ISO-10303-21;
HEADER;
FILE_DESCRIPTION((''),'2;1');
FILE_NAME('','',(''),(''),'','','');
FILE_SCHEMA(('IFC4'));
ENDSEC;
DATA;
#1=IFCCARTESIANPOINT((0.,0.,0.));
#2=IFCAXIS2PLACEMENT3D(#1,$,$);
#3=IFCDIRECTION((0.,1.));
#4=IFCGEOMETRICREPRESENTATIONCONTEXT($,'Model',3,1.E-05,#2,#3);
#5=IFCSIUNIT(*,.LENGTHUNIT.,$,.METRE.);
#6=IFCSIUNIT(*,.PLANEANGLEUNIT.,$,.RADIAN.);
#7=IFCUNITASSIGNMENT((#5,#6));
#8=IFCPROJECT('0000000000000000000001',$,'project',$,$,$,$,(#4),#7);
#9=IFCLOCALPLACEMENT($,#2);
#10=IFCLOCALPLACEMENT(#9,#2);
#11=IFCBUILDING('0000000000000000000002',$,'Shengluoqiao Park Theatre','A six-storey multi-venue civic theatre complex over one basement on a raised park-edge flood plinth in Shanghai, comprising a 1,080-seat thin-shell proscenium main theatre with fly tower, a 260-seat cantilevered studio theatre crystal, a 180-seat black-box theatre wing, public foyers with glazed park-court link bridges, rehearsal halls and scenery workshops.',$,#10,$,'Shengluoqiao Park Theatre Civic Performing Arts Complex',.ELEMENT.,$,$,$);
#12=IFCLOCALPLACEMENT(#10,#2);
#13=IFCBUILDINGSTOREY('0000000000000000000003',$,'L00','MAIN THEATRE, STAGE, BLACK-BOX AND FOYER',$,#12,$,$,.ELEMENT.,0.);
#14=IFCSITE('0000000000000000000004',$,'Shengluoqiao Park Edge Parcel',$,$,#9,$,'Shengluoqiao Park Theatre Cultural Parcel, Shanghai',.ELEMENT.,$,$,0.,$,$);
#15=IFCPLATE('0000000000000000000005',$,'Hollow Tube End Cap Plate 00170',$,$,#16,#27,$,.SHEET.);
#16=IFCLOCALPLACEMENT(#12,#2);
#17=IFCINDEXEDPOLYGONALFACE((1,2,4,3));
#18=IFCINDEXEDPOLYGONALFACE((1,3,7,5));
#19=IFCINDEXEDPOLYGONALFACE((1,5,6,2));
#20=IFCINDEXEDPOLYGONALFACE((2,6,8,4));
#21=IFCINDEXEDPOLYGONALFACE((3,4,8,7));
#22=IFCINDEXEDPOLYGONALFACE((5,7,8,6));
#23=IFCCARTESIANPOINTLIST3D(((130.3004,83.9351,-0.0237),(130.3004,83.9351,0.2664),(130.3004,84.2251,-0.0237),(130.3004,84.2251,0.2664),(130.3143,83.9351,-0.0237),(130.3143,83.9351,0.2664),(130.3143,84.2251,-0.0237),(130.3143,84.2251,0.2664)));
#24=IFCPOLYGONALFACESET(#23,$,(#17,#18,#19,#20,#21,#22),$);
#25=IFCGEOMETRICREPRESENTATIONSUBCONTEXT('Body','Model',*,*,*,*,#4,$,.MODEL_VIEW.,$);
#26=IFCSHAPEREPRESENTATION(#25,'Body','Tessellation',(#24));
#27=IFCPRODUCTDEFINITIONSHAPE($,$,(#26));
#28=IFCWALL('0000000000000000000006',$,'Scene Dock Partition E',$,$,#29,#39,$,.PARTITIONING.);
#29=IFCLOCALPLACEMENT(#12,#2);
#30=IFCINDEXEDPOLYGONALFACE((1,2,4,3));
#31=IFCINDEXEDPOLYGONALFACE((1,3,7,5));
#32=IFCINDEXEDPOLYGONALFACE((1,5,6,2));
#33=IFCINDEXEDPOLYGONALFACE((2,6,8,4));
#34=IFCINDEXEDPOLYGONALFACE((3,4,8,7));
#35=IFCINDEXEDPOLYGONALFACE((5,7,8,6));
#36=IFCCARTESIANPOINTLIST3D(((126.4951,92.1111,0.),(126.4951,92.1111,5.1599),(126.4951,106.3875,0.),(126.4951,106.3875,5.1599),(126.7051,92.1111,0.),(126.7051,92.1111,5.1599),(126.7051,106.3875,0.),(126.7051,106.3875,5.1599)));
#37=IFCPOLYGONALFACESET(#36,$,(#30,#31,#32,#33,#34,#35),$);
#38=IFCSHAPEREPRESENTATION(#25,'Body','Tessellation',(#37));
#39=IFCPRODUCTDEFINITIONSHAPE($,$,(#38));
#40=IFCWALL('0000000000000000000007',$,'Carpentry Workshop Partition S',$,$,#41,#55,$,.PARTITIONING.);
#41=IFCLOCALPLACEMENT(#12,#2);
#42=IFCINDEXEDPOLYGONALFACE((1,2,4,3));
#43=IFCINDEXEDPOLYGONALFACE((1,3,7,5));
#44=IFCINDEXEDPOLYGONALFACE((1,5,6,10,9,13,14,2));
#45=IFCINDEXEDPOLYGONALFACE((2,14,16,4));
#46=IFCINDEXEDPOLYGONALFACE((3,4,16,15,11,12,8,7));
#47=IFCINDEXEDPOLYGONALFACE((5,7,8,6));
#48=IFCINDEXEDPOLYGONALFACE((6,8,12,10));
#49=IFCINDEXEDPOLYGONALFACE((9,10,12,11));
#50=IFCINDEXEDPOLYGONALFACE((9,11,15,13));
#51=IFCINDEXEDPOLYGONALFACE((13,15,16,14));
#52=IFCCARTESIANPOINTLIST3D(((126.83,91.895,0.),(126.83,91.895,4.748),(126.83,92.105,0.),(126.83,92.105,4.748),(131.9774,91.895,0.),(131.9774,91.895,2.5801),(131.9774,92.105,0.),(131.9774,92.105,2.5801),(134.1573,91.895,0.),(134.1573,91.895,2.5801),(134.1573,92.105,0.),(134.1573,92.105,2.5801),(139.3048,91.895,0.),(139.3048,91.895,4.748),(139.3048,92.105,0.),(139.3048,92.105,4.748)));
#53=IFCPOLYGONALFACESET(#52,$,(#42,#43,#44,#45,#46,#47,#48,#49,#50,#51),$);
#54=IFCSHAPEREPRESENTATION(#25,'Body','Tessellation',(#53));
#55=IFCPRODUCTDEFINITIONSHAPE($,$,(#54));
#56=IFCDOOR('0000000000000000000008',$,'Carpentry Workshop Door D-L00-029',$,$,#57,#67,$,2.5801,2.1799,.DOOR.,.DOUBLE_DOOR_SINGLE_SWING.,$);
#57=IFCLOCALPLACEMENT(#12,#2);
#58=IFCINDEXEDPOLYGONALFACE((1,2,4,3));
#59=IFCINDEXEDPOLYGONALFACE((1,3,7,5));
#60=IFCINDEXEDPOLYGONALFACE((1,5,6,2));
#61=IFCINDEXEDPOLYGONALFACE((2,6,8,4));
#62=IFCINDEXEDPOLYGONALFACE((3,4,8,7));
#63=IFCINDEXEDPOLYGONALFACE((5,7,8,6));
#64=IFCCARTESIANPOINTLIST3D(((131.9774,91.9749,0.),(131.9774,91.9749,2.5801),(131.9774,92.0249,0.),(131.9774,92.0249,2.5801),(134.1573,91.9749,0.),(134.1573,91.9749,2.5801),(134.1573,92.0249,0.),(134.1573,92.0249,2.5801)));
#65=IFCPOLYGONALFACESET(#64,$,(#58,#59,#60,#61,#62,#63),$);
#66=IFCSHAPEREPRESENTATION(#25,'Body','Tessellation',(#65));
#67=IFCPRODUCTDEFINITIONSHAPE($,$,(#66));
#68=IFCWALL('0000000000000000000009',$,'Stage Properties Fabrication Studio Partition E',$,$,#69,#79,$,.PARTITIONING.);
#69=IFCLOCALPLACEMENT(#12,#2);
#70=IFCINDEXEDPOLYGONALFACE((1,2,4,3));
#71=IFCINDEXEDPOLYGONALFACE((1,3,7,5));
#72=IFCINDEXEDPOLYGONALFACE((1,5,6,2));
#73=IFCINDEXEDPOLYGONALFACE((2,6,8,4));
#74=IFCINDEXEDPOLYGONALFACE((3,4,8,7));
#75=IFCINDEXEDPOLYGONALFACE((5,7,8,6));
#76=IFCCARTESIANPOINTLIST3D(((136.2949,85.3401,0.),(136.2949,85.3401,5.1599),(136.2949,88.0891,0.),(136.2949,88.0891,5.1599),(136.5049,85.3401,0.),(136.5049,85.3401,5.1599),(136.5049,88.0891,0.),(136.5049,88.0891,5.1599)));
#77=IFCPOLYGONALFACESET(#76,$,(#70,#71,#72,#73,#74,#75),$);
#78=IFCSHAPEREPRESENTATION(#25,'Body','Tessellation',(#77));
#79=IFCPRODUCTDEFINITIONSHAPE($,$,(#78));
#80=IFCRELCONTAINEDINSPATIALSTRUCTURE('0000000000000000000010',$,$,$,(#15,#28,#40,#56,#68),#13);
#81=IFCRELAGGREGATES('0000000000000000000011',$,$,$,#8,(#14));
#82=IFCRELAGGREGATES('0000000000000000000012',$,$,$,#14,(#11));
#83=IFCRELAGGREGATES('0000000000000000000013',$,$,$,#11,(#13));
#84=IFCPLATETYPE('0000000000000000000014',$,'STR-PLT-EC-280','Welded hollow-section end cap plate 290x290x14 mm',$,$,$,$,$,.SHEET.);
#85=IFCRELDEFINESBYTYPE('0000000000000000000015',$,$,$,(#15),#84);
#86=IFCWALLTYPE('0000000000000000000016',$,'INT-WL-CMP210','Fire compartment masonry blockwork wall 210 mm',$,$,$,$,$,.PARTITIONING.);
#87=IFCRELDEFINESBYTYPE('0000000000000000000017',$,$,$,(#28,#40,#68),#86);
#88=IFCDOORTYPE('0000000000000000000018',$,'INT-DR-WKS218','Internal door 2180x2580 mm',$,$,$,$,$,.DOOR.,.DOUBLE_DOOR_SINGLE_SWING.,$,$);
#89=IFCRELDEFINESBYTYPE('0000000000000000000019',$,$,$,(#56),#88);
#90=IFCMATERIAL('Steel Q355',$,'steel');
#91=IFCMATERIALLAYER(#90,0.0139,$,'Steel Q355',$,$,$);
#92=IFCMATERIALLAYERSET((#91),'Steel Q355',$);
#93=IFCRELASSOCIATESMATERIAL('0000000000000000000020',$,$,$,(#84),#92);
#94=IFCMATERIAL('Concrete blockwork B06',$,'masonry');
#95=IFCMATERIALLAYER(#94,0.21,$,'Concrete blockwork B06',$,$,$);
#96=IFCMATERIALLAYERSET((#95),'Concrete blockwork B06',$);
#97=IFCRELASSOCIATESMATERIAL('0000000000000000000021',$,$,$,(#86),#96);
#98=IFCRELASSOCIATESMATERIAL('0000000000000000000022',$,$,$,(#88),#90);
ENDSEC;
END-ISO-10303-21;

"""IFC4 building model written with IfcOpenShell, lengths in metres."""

from ifc_helpers import new_model, si_unit, direction, frame, frame_2d, origin, origin_2d, place, context, subcontext, project, spatial, rectangle, extrude, material, layer, layer_set, type_object, element, fill, save


model = new_model("IFC4")

# Units and contexts
model_context = context("Model", 3, precision=1e-05, world=origin(), true_north=direction((0.0, 1.0)))
body_context = subcontext(model_context, "Body", "Model", "MODEL_VIEW")
ifc_project = project(units=[si_unit("LENGTHUNIT", "METRE"), si_unit("PLANEANGLEUNIT", "RADIAN")], contexts=[model_context])

# Site, building, storey
site_placement = place(None, origin())
site = spatial("IfcSite", under=ifc_project, at=site_placement, Name="Shengluoqiao Park Edge Parcel", LongName="Shengluoqiao Park Theatre Cultural Parcel, Shanghai", CompositionType="ELEMENT", RefElevation=0.0)
building_placement = place(site_placement, origin())
building = spatial("IfcBuilding", under=site, at=building_placement, Name="Shengluoqiao Park Theatre", Description="A six-storey multi-venue civic theatre complex over one basement on a raised park-edge flood plinth in Shanghai, comprising a 1,080-seat thin-shell proscenium main theatre with fly tower, a 260-seat cantilevered studio theatre crystal, a 180-seat black-box theatre wing, public foyers with glazed park-court link bridges, rehearsal halls and scenery workshops.", LongName="Shengluoqiao Park Theatre Civic Performing Arts Complex", CompositionType="ELEMENT")
storey_placement = place(building_placement, origin())
storey = spatial("IfcBuildingStorey", under=building, at=storey_placement, Name="L00", Description="MAIN THEATRE, STAGE, BLACK-BOX AND FOYER", CompositionType="ELEMENT", Elevation=0.0)

# Shared definitions
ifc_material_1 = material(Name="Steel Q355", Category="steel")

# Plate
ifc_layer_1 = layer(ifc_material_1, 0.0139, Name="Steel Q355")
ifc_layer_set_1 = layer_set([ifc_layer_1], Name="Steel Q355")
plate_type = type_object("IfcPlateType", Name="STR-PLT-EC-280", Description="Welded hollow-section end cap plate 290x290x14 mm", PredefinedType="SHEET", material=ifc_layer_set_1)
plate_placement = place(storey_placement, frame((130.3074, 84.0801, -0.0237), z_axis=(0.0, 0.0, 1.0), x_axis=(-1.0, 0.0, 0.0)))
element("IfcPlate", 1, at=plate_placement, inside=storey, type_object=plate_type, Name="Hollow Tube End Cap Plate 00170", PredefinedType="SHEET", context=body_context, shape_type="SweptSolid", body=[
    extrude(rectangle(XDim=0.0139, YDim=0.29, at=origin_2d()), origin(), (0.0, 0.0, 1.0), 0.29),
])

# Wall
ifc_material_2 = material(Name="Concrete blockwork B06", Category="masonry")
ifc_layer_2 = layer(ifc_material_2, 0.21, Name="Concrete blockwork B06")
ifc_layer_set_2 = layer_set([ifc_layer_2], Name="Concrete blockwork B06")
wall_type = type_object("IfcWallType", Name="INT-WL-CMP210", Description="Fire compartment masonry blockwork wall 210 mm", PredefinedType="PARTITIONING", material=ifc_layer_set_2)
wall_1_placement = place(storey_placement, frame((126.6001, 92.1111, 0.0), z_axis=(0.0, 0.0, 1.0), x_axis=(0.0, 1.0, 0.0)))
element("IfcWall", 2, at=wall_1_placement, inside=storey, type_object=wall_type, Name="Scene Dock Partition E", PredefinedType="PARTITIONING", context=body_context, shape_type="SweptSolid", body=[
    extrude(rectangle(XDim=14.2764, YDim=0.21, at=frame_2d((7.1382, 0.0))), origin(), (0.0, 0.0, 1.0), 5.1599),
])

# Wall, opening, door
wall_2_placement = place(storey_placement, frame((126.8301, 92.0, 0.0), z_axis=(0.0, 0.0, 1.0), x_axis=(1.0, 0.0, 0.0)))
wall_2 = element("IfcWall", 3, at=wall_2_placement, inside=storey, type_object=wall_type, Name="Carpentry Workshop Partition S", PredefinedType="PARTITIONING", context=body_context, shape_type="SweptSolid", body=[
    extrude(rectangle(XDim=12.4749, YDim=0.21, at=frame_2d((6.2373, 0.0))), origin(), (0.0, 0.0, 1.0), 4.748),
])
opening_placement = place(wall_2_placement, frame((5.1475, 0.0, 0.0)))
opening = element("IfcOpeningElement", 4, at=opening_placement, cuts=wall_2, PredefinedType="OPENING", context=body_context, shape_type="SweptSolid", body=[
    extrude(rectangle(XDim=2.1799, YDim=2.5801, at=frame_2d((1.0898, 1.29))), frame((0.0, 0.115, 0.0), z_axis=(0.0, -1.0, 0.0), x_axis=(1.0, 0.0, 0.0)), (0.0, 0.0, 1.0), 0.23),
])
door_type = type_object("IfcDoorType", Name="INT-DR-WKS218", Description="Internal door 2180x2580 mm", OperationType="DOUBLE_DOOR_SINGLE_SWING", PredefinedType="DOOR", material=ifc_material_1)
door_placement = place(opening_placement, origin())
door = element("IfcDoor", 5, at=door_placement, inside=storey, type_object=door_type, Name="Carpentry Workshop Door D-L00-029", OperationType="DOUBLE_DOOR_SINGLE_SWING", OverallHeight=2.5801, OverallWidth=2.1799, PredefinedType="DOOR", context=body_context, shape_type="SweptSolid", body=[
    extrude(rectangle(XDim=2.1799, YDim=2.5801, at=frame_2d((1.0898, 1.29))), frame((0.0, 0.0249, 0.0), z_axis=(0.0, -1.0, 0.0), x_axis=(1.0, 0.0, 0.0)), (0.0, 0.0, 1.0), 0.05),
])
fill(opening, door)

# Wall
wall_3_placement = place(storey_placement, frame((136.3999, 85.3401, 0.0), z_axis=(0.0, 0.0, 1.0), x_axis=(0.0, 1.0, 0.0)))
element("IfcWall", 6, at=wall_3_placement, inside=storey, type_object=wall_type, Name="Stage Properties Fabrication Studio Partition E", PredefinedType="PARTITIONING", context=body_context, shape_type="SweptSolid", body=[
    extrude(rectangle(XDim=2.749, YDim=0.21, at=frame_2d((1.3745, 0.0))), origin(), (0.0, 0.0, 1.0), 5.1599),
])

save(model, "model.ifc")
